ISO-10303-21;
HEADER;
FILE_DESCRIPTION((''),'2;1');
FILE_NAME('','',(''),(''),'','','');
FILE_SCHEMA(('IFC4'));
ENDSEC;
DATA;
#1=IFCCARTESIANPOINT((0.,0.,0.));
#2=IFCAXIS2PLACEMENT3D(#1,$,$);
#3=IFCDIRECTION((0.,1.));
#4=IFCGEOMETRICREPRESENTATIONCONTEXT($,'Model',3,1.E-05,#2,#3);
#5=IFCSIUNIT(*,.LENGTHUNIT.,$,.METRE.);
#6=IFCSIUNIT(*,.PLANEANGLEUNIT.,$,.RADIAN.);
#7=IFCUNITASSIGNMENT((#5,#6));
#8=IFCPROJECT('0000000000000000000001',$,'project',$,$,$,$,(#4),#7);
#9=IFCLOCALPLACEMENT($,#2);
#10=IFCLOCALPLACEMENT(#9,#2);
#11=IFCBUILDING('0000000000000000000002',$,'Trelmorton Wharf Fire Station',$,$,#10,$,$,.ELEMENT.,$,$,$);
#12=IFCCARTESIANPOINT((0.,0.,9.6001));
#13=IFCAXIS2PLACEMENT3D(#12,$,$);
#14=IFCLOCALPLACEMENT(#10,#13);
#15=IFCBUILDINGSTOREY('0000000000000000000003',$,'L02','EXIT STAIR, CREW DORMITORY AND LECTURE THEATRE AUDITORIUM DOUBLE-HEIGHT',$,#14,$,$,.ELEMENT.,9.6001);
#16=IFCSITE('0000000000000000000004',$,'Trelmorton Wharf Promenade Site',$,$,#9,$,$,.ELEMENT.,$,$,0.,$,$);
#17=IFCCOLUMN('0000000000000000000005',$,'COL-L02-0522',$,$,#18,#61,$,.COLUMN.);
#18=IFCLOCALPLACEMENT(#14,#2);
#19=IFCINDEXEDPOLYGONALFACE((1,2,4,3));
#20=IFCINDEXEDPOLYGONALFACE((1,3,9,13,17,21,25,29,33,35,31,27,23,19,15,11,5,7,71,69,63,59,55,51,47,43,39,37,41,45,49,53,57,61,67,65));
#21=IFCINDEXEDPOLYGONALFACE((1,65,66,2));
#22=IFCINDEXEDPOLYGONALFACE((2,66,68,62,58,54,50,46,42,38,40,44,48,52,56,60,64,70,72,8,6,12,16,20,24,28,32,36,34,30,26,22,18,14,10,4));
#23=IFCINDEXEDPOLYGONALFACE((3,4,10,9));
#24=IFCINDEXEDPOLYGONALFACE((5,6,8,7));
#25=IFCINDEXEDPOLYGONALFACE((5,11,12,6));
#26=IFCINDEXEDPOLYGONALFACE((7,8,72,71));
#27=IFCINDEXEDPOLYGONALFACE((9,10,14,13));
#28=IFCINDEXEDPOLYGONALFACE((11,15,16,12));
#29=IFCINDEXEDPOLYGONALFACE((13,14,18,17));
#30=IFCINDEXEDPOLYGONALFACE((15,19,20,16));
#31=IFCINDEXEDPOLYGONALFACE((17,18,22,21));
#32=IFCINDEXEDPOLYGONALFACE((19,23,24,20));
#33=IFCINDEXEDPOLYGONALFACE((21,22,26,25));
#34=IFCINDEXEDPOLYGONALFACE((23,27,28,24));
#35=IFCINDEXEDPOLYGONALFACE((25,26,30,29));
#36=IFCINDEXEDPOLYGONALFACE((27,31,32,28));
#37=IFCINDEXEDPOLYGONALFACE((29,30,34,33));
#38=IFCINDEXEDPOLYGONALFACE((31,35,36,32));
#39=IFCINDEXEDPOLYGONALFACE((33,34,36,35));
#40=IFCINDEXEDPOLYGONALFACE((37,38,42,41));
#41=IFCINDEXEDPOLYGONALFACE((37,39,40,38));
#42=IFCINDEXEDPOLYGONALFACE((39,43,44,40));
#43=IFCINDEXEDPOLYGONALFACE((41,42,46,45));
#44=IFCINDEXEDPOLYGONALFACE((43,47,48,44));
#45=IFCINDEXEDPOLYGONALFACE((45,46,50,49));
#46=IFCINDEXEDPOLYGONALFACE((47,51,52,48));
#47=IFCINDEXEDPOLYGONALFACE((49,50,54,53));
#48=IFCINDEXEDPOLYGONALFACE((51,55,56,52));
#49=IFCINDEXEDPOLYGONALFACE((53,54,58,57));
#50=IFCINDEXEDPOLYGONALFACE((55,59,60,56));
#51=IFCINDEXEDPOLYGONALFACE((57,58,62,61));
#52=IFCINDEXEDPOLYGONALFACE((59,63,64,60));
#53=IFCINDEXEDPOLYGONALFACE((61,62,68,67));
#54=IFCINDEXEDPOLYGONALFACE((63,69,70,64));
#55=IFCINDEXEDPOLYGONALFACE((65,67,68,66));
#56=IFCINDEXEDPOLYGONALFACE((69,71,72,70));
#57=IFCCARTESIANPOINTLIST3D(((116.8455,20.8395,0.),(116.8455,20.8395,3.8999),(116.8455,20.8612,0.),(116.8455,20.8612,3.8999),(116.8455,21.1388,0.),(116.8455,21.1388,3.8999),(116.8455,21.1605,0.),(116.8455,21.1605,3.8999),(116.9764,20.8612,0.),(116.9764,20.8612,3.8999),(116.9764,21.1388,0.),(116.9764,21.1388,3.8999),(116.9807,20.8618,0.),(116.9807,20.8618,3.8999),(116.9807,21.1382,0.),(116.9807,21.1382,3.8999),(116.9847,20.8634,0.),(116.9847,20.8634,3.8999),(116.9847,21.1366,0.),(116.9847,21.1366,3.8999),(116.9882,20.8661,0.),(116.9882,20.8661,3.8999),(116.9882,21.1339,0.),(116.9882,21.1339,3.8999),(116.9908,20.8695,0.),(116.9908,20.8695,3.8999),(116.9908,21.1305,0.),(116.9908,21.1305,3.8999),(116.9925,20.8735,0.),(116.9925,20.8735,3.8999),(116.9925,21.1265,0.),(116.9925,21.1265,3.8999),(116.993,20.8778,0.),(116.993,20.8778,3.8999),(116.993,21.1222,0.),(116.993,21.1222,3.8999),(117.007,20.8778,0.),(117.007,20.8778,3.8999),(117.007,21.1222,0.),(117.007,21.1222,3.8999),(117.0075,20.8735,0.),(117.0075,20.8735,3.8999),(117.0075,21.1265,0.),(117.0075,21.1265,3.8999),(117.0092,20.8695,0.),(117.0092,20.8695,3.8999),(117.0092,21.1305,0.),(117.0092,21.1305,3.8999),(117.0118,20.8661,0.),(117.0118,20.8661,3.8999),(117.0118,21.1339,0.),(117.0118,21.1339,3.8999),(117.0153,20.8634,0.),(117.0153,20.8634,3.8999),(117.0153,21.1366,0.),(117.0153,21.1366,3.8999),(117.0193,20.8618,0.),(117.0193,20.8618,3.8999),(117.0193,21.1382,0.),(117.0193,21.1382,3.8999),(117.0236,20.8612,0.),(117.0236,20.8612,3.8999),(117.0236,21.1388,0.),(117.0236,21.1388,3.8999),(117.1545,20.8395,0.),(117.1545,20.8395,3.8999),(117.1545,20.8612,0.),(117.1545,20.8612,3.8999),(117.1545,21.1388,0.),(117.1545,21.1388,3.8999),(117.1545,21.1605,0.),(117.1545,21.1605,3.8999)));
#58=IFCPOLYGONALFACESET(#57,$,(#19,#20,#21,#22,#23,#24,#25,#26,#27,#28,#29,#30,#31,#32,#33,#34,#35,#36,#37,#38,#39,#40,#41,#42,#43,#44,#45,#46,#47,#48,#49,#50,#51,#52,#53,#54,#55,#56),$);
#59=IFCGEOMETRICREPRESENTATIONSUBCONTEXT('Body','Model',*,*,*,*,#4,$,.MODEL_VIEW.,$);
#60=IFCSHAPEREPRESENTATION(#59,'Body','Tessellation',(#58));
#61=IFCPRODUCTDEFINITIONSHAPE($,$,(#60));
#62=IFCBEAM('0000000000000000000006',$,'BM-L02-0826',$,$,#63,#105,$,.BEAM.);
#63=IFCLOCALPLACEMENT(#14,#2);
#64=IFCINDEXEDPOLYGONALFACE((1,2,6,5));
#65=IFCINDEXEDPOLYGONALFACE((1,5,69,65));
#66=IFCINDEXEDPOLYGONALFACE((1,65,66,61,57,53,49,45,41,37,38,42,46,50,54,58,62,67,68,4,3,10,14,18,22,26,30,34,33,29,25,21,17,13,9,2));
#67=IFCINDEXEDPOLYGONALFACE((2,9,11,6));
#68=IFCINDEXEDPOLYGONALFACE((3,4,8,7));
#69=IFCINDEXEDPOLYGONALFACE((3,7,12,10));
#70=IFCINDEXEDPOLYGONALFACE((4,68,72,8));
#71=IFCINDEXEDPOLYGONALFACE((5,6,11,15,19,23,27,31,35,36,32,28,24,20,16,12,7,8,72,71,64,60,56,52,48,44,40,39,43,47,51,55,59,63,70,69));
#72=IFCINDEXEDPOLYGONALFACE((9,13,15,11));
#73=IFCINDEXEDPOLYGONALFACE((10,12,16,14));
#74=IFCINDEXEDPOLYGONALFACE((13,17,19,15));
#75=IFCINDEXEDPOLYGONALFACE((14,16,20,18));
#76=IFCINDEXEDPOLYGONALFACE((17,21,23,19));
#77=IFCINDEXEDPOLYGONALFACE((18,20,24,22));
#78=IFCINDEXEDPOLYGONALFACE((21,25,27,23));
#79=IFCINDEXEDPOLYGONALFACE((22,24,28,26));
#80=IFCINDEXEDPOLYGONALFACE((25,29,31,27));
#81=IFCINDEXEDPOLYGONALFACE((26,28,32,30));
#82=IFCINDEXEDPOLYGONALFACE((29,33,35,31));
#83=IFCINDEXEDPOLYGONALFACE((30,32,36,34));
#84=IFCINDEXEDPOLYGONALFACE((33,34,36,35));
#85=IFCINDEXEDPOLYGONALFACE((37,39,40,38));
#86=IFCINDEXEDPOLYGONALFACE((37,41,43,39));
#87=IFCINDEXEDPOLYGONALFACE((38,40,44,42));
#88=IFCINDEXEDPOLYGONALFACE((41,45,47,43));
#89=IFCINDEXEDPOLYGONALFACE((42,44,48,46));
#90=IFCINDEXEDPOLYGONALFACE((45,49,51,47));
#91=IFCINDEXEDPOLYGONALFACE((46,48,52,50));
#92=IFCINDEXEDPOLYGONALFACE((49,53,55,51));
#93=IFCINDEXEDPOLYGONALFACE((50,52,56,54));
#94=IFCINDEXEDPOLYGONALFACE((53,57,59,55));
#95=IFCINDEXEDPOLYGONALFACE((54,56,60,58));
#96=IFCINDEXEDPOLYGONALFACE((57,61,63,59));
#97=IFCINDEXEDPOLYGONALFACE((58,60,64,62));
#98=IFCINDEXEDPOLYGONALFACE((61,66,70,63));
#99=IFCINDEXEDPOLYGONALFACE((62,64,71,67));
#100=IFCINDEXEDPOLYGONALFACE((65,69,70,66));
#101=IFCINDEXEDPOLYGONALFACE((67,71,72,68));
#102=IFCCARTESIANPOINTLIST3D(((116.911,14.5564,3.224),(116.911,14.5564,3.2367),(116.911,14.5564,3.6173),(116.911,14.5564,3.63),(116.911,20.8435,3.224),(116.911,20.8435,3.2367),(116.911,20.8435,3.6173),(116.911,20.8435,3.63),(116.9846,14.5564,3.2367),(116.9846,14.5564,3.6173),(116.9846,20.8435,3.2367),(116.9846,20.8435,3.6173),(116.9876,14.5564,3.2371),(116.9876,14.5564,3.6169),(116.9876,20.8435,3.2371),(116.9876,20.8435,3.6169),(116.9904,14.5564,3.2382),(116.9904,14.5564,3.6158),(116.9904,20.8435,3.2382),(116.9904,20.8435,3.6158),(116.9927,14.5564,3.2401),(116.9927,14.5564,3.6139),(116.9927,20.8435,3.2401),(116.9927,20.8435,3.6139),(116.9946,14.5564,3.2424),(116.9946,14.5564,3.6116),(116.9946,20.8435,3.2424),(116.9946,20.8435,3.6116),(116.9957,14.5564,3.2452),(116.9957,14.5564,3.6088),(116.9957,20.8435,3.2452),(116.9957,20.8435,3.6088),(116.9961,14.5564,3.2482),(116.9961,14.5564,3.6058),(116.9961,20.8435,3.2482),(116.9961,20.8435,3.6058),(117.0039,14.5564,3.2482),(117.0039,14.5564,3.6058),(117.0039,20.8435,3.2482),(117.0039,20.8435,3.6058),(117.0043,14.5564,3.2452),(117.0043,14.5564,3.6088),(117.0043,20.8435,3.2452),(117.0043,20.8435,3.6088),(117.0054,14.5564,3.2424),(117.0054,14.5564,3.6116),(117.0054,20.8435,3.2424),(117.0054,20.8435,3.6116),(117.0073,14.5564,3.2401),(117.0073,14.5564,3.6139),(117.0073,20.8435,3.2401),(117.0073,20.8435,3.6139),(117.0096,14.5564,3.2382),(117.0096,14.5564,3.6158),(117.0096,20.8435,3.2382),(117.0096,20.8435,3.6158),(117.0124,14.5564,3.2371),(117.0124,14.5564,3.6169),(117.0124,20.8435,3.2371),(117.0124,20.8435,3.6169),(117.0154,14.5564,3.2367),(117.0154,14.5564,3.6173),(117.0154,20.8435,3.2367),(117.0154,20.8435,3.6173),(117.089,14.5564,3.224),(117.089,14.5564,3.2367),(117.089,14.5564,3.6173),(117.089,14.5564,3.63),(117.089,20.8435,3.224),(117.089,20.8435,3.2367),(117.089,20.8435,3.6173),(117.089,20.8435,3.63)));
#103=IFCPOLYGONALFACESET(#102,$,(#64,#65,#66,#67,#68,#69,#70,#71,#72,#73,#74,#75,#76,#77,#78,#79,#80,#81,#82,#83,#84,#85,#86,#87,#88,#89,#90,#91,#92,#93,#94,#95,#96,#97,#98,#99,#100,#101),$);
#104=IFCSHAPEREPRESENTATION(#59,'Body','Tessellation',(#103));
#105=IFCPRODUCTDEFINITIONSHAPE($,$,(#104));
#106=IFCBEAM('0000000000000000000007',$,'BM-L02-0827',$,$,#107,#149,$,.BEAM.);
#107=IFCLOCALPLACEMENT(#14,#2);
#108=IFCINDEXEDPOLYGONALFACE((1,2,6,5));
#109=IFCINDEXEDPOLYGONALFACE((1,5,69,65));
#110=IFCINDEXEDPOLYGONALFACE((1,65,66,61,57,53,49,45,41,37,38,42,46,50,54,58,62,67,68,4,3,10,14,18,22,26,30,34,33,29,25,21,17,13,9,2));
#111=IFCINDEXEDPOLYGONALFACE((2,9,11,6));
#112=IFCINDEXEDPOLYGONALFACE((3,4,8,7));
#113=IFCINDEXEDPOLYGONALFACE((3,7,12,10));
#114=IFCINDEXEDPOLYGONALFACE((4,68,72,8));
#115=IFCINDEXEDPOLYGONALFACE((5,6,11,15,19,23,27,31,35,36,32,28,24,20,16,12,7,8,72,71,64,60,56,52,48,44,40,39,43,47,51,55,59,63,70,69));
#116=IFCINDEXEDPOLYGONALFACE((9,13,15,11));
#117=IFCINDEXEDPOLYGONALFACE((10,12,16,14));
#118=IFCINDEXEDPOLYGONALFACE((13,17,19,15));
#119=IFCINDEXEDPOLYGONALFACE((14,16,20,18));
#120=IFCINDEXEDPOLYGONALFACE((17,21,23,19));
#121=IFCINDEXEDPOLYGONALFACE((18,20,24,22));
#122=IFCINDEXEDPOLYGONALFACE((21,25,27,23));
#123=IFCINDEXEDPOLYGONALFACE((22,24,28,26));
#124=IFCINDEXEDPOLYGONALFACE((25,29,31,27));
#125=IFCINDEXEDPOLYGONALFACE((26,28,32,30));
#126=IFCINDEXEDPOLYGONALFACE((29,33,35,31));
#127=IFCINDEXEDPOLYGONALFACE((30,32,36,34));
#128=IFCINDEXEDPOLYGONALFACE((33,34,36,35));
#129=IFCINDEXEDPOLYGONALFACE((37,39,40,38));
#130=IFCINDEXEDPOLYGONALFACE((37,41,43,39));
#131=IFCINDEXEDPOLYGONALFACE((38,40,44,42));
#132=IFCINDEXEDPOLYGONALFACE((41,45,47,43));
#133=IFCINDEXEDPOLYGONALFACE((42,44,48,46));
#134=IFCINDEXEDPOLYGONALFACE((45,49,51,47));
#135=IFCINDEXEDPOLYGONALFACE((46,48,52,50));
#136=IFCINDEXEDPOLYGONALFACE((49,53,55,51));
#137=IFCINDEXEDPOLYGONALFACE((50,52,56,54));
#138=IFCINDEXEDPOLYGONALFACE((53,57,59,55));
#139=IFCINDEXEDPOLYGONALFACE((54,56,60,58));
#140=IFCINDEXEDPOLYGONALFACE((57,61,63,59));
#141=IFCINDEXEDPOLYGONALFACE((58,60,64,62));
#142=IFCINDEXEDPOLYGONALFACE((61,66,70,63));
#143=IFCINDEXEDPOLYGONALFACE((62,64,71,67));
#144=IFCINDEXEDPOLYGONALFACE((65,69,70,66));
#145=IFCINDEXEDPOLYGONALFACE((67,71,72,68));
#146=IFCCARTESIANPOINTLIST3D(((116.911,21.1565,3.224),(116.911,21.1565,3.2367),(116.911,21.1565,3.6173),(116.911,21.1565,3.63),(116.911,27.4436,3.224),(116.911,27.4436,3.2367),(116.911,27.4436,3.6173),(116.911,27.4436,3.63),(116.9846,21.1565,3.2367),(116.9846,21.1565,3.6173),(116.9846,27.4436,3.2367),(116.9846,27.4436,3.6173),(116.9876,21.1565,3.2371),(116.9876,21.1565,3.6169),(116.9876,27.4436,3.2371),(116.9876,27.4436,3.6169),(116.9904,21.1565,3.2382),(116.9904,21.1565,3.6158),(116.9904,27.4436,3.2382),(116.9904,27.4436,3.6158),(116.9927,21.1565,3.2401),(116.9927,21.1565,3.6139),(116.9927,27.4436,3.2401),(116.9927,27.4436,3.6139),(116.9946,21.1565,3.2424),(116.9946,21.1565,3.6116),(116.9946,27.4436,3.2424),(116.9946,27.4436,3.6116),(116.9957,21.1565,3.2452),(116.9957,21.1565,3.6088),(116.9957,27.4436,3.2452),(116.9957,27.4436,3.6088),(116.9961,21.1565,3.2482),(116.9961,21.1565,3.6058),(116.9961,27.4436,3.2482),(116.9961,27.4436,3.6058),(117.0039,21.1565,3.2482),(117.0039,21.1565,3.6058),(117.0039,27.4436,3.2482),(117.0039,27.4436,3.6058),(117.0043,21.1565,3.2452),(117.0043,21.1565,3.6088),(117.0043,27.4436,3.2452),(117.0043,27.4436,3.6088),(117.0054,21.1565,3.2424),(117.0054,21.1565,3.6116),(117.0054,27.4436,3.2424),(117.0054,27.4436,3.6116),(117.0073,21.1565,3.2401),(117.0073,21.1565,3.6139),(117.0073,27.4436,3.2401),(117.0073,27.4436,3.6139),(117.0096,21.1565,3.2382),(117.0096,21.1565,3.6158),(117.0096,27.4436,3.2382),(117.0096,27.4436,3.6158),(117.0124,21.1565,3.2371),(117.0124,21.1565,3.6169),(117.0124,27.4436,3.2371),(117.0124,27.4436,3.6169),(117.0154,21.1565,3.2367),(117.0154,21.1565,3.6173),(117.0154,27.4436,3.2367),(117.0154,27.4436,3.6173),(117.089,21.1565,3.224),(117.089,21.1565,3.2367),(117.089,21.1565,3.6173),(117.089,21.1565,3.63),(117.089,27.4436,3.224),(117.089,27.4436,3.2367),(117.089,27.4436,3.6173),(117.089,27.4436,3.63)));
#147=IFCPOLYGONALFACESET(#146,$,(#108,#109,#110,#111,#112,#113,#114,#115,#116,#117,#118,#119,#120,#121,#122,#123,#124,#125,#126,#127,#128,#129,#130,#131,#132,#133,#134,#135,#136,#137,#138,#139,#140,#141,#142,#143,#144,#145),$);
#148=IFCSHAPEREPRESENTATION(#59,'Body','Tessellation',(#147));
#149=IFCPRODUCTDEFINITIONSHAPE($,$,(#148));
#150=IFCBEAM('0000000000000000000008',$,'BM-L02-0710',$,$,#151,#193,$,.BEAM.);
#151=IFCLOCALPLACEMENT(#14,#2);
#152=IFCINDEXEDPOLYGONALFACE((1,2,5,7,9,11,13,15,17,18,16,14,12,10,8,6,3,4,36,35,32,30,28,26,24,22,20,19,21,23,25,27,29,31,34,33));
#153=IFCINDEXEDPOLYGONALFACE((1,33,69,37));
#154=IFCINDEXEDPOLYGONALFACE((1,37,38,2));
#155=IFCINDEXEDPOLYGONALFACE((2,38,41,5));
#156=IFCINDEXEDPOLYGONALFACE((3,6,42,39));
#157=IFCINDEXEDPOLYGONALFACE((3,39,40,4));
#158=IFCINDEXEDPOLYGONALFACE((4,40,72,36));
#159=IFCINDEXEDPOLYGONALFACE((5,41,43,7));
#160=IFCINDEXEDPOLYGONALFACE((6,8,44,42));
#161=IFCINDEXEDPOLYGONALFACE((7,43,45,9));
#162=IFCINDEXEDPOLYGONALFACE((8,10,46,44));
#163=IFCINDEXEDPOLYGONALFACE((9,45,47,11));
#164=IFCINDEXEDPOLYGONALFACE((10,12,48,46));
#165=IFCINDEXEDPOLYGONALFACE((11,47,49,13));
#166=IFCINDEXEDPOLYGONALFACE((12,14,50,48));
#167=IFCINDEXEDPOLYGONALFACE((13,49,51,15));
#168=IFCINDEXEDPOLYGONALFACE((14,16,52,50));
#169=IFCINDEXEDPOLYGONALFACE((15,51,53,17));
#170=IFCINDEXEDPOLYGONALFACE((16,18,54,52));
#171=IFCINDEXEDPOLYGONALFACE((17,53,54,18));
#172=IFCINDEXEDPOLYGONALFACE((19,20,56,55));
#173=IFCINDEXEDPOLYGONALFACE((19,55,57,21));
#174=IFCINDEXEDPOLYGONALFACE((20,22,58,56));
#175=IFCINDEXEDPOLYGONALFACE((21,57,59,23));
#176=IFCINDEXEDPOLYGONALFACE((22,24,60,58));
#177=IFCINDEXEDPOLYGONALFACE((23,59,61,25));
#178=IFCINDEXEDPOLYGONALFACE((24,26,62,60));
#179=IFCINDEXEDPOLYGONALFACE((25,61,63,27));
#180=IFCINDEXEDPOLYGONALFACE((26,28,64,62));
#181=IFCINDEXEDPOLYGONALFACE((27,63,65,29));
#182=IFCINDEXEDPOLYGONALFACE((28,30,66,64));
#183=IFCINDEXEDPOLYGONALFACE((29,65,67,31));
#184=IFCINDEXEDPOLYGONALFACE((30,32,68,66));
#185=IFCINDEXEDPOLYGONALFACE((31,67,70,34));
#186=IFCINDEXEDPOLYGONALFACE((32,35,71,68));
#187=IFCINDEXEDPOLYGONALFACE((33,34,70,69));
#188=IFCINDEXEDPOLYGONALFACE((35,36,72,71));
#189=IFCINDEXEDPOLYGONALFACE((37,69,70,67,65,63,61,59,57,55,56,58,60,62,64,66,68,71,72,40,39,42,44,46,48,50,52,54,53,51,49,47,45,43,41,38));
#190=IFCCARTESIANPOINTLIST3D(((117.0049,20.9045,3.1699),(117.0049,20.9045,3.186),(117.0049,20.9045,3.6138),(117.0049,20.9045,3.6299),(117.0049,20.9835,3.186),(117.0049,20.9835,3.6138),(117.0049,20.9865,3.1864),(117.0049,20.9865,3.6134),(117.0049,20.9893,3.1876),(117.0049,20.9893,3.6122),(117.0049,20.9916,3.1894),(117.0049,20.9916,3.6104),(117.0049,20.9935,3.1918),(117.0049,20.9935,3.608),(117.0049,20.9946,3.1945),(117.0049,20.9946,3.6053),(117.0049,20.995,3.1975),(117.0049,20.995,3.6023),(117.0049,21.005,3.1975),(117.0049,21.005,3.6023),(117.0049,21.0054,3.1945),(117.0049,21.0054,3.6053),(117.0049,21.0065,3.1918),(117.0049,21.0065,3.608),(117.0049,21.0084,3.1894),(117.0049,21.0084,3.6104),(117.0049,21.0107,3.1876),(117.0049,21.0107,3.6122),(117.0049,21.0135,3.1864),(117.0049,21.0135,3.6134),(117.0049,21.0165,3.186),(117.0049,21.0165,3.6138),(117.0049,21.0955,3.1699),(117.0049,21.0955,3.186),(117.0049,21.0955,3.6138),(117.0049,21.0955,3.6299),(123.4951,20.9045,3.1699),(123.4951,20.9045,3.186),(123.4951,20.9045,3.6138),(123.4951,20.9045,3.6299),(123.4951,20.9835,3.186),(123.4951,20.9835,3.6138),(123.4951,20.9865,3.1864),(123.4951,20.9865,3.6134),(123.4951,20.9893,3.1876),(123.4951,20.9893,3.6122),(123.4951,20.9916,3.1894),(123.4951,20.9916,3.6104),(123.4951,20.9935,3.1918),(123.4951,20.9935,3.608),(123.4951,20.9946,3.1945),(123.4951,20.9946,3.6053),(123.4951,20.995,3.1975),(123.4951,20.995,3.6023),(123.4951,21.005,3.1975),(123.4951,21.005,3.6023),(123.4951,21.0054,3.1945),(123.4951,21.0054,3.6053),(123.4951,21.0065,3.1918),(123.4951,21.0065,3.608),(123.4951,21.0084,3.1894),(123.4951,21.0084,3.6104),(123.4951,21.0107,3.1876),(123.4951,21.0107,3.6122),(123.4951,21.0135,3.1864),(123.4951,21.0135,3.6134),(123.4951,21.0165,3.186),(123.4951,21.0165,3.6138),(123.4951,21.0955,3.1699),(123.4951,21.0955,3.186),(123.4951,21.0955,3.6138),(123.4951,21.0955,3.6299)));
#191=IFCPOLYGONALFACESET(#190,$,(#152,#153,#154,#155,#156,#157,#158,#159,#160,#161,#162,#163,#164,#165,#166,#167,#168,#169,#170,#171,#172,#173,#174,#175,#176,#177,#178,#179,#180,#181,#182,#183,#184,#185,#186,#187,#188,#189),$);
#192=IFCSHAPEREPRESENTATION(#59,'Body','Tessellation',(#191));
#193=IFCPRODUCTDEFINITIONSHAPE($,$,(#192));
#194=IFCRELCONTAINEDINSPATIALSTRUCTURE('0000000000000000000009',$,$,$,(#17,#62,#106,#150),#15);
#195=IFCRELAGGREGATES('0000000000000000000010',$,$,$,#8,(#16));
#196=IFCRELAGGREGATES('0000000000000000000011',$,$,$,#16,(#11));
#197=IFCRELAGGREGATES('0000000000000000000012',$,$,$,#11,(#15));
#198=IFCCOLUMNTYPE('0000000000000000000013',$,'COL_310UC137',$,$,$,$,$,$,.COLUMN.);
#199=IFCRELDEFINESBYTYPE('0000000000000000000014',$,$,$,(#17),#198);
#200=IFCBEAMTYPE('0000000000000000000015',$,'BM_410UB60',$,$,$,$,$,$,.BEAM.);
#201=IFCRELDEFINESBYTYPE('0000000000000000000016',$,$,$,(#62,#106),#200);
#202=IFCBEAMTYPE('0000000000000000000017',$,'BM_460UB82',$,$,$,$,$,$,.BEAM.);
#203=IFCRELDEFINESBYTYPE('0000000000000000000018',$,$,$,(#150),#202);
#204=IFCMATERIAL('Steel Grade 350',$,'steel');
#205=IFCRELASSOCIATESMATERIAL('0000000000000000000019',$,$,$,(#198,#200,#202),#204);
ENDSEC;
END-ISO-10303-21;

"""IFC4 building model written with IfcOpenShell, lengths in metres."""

from ifc_helpers import new_model, si_unit, direction, frame, origin, origin_2d, place, context, subcontext, project, spatial, i_section, extrude, material, material_profile, profile_set, type_object, element, save


model = new_model("IFC4")

# Units and contexts
model_context = context("Model", 3, precision=1e-05, world=origin(), true_north=direction((0.0, 1.0)))
body_context = subcontext(model_context, "Body", "Model", "MODEL_VIEW")
ifc_project = project(units=[si_unit("LENGTHUNIT", "METRE"), si_unit("PLANEANGLEUNIT", "RADIAN")], contexts=[model_context])

# Site, building, storey
site_placement = place(None, origin())
site = spatial("IfcSite", under=ifc_project, at=site_placement, Name="Trelmorton Wharf Promenade Site", CompositionType="ELEMENT", RefElevation=0.0)
building_placement = place(site_placement, origin())
building = spatial("IfcBuilding", under=site, at=building_placement, Name="Trelmorton Wharf Fire Station", CompositionType="ELEMENT")
storey_placement = place(building_placement, frame((0.0, 0.0, 9.6001)))
storey = spatial("IfcBuildingStorey", under=building, at=storey_placement, Name="L02", Description="EXIT STAIR, CREW DORMITORY AND LECTURE THEATRE AUDITORIUM DOUBLE-HEIGHT", CompositionType="ELEMENT", Elevation=9.6001)

# Column
ifc_material_1 = material(Name="Steel Grade 350", Category="steel")
ifc_material_profile_1 = material_profile(ifc_material_1, i_section(OverallWidth=0.3091, OverallDepth=0.321, WebThickness=0.0139, FlangeThickness=0.0217, FilletRadius=0.0166, at=origin_2d()), Name="310UC137")
ifc_profile_set_1 = profile_set([ifc_material_profile_1], Name="Steel Grade 350")
column_type = type_object("IfcColumnType", Name="COL_310UC137", PredefinedType="COLUMN", material=ifc_profile_set_1)
column_placement = place(storey_placement, frame((117.0, 21.0, 0.0), z_axis=(0.0, 0.0, 1.0), x_axis=(1.0, 0.0, 0.0)))
element("IfcColumn", 1, at=column_placement, inside=storey, type_object=column_type, Name="COL-L02-0522", PredefinedType="COLUMN", context=body_context, shape_type="SweptSolid", body=[
    extrude(i_section(OverallWidth=0.3091, OverallDepth=0.321, WebThickness=0.0139, FlangeThickness=0.0217, FilletRadius=0.0166, at=origin_2d()), origin(), (0.0, 0.0, 1.0), 3.8999),
])

# Beams
ifc_material_profile_2 = material_profile(ifc_material_1, i_section(OverallWidth=0.178, OverallDepth=0.406, WebThickness=0.0078, FlangeThickness=0.0127, FilletRadius=0.0115, at=origin_2d()), Name="410UB59.7")
ifc_profile_set_2 = profile_set([ifc_material_profile_2], Name="Steel Grade 350")
beam_type_1 = type_object("IfcBeamType", Name="BM_410UB60", PredefinedType="BEAM", material=ifc_profile_set_2)
for number, where, z_axis, x_axis, name in (
    (2, (117.0, 14.5564, 3.427), (0.0, 1.0, 0.0), (-1.0, 0.0, 0.0), "BM-L02-0826"),
    (3, (117.0, 21.1565, 3.427), (0.0, 1.0, 0.0), (-1.0, 0.0, 0.0), "BM-L02-0827"),
):
    element("IfcBeam", number, at=place(storey_placement, frame(where, z_axis=z_axis, x_axis=x_axis)), inside=storey, type_object=beam_type_1, Name=name, PredefinedType="BEAM", context=body_context, shape_type="SweptSolid", body=[
        extrude(i_section(OverallWidth=0.178, OverallDepth=0.406, WebThickness=0.0078, FlangeThickness=0.0127, FilletRadius=0.0115, at=origin_2d()), origin(), (0.0, 0.0, 1.0), 6.2871),
    ])
ifc_material_profile_3 = material_profile(ifc_material_1, i_section(OverallWidth=0.1909, OverallDepth=0.46, WebThickness=0.01, FlangeThickness=0.0161, FilletRadius=0.0115, at=origin_2d()), Name="460UB82.1")
ifc_profile_set_3 = profile_set([ifc_material_profile_3], Name="Steel Grade 350")
beam_type_2 = type_object("IfcBeamType", Name="BM_460UB82", PredefinedType="BEAM", material=ifc_profile_set_3)
beam_placement = place(storey_placement, frame((117.0049, 21.0, 3.3999), z_axis=(1.0, 0.0, 0.0), x_axis=(0.0, 1.0, 0.0)))
element("IfcBeam", 4, at=beam_placement, inside=storey, type_object=beam_type_2, Name="BM-L02-0710", PredefinedType="BEAM", context=body_context, shape_type="SweptSolid", body=[
    extrude(i_section(OverallWidth=0.1909, OverallDepth=0.46, WebThickness=0.01, FlangeThickness=0.0161, FilletRadius=0.0115, at=origin_2d()), origin(), (0.0, 0.0, 1.0), 6.4902),
])

save(model, "model.ifc")
